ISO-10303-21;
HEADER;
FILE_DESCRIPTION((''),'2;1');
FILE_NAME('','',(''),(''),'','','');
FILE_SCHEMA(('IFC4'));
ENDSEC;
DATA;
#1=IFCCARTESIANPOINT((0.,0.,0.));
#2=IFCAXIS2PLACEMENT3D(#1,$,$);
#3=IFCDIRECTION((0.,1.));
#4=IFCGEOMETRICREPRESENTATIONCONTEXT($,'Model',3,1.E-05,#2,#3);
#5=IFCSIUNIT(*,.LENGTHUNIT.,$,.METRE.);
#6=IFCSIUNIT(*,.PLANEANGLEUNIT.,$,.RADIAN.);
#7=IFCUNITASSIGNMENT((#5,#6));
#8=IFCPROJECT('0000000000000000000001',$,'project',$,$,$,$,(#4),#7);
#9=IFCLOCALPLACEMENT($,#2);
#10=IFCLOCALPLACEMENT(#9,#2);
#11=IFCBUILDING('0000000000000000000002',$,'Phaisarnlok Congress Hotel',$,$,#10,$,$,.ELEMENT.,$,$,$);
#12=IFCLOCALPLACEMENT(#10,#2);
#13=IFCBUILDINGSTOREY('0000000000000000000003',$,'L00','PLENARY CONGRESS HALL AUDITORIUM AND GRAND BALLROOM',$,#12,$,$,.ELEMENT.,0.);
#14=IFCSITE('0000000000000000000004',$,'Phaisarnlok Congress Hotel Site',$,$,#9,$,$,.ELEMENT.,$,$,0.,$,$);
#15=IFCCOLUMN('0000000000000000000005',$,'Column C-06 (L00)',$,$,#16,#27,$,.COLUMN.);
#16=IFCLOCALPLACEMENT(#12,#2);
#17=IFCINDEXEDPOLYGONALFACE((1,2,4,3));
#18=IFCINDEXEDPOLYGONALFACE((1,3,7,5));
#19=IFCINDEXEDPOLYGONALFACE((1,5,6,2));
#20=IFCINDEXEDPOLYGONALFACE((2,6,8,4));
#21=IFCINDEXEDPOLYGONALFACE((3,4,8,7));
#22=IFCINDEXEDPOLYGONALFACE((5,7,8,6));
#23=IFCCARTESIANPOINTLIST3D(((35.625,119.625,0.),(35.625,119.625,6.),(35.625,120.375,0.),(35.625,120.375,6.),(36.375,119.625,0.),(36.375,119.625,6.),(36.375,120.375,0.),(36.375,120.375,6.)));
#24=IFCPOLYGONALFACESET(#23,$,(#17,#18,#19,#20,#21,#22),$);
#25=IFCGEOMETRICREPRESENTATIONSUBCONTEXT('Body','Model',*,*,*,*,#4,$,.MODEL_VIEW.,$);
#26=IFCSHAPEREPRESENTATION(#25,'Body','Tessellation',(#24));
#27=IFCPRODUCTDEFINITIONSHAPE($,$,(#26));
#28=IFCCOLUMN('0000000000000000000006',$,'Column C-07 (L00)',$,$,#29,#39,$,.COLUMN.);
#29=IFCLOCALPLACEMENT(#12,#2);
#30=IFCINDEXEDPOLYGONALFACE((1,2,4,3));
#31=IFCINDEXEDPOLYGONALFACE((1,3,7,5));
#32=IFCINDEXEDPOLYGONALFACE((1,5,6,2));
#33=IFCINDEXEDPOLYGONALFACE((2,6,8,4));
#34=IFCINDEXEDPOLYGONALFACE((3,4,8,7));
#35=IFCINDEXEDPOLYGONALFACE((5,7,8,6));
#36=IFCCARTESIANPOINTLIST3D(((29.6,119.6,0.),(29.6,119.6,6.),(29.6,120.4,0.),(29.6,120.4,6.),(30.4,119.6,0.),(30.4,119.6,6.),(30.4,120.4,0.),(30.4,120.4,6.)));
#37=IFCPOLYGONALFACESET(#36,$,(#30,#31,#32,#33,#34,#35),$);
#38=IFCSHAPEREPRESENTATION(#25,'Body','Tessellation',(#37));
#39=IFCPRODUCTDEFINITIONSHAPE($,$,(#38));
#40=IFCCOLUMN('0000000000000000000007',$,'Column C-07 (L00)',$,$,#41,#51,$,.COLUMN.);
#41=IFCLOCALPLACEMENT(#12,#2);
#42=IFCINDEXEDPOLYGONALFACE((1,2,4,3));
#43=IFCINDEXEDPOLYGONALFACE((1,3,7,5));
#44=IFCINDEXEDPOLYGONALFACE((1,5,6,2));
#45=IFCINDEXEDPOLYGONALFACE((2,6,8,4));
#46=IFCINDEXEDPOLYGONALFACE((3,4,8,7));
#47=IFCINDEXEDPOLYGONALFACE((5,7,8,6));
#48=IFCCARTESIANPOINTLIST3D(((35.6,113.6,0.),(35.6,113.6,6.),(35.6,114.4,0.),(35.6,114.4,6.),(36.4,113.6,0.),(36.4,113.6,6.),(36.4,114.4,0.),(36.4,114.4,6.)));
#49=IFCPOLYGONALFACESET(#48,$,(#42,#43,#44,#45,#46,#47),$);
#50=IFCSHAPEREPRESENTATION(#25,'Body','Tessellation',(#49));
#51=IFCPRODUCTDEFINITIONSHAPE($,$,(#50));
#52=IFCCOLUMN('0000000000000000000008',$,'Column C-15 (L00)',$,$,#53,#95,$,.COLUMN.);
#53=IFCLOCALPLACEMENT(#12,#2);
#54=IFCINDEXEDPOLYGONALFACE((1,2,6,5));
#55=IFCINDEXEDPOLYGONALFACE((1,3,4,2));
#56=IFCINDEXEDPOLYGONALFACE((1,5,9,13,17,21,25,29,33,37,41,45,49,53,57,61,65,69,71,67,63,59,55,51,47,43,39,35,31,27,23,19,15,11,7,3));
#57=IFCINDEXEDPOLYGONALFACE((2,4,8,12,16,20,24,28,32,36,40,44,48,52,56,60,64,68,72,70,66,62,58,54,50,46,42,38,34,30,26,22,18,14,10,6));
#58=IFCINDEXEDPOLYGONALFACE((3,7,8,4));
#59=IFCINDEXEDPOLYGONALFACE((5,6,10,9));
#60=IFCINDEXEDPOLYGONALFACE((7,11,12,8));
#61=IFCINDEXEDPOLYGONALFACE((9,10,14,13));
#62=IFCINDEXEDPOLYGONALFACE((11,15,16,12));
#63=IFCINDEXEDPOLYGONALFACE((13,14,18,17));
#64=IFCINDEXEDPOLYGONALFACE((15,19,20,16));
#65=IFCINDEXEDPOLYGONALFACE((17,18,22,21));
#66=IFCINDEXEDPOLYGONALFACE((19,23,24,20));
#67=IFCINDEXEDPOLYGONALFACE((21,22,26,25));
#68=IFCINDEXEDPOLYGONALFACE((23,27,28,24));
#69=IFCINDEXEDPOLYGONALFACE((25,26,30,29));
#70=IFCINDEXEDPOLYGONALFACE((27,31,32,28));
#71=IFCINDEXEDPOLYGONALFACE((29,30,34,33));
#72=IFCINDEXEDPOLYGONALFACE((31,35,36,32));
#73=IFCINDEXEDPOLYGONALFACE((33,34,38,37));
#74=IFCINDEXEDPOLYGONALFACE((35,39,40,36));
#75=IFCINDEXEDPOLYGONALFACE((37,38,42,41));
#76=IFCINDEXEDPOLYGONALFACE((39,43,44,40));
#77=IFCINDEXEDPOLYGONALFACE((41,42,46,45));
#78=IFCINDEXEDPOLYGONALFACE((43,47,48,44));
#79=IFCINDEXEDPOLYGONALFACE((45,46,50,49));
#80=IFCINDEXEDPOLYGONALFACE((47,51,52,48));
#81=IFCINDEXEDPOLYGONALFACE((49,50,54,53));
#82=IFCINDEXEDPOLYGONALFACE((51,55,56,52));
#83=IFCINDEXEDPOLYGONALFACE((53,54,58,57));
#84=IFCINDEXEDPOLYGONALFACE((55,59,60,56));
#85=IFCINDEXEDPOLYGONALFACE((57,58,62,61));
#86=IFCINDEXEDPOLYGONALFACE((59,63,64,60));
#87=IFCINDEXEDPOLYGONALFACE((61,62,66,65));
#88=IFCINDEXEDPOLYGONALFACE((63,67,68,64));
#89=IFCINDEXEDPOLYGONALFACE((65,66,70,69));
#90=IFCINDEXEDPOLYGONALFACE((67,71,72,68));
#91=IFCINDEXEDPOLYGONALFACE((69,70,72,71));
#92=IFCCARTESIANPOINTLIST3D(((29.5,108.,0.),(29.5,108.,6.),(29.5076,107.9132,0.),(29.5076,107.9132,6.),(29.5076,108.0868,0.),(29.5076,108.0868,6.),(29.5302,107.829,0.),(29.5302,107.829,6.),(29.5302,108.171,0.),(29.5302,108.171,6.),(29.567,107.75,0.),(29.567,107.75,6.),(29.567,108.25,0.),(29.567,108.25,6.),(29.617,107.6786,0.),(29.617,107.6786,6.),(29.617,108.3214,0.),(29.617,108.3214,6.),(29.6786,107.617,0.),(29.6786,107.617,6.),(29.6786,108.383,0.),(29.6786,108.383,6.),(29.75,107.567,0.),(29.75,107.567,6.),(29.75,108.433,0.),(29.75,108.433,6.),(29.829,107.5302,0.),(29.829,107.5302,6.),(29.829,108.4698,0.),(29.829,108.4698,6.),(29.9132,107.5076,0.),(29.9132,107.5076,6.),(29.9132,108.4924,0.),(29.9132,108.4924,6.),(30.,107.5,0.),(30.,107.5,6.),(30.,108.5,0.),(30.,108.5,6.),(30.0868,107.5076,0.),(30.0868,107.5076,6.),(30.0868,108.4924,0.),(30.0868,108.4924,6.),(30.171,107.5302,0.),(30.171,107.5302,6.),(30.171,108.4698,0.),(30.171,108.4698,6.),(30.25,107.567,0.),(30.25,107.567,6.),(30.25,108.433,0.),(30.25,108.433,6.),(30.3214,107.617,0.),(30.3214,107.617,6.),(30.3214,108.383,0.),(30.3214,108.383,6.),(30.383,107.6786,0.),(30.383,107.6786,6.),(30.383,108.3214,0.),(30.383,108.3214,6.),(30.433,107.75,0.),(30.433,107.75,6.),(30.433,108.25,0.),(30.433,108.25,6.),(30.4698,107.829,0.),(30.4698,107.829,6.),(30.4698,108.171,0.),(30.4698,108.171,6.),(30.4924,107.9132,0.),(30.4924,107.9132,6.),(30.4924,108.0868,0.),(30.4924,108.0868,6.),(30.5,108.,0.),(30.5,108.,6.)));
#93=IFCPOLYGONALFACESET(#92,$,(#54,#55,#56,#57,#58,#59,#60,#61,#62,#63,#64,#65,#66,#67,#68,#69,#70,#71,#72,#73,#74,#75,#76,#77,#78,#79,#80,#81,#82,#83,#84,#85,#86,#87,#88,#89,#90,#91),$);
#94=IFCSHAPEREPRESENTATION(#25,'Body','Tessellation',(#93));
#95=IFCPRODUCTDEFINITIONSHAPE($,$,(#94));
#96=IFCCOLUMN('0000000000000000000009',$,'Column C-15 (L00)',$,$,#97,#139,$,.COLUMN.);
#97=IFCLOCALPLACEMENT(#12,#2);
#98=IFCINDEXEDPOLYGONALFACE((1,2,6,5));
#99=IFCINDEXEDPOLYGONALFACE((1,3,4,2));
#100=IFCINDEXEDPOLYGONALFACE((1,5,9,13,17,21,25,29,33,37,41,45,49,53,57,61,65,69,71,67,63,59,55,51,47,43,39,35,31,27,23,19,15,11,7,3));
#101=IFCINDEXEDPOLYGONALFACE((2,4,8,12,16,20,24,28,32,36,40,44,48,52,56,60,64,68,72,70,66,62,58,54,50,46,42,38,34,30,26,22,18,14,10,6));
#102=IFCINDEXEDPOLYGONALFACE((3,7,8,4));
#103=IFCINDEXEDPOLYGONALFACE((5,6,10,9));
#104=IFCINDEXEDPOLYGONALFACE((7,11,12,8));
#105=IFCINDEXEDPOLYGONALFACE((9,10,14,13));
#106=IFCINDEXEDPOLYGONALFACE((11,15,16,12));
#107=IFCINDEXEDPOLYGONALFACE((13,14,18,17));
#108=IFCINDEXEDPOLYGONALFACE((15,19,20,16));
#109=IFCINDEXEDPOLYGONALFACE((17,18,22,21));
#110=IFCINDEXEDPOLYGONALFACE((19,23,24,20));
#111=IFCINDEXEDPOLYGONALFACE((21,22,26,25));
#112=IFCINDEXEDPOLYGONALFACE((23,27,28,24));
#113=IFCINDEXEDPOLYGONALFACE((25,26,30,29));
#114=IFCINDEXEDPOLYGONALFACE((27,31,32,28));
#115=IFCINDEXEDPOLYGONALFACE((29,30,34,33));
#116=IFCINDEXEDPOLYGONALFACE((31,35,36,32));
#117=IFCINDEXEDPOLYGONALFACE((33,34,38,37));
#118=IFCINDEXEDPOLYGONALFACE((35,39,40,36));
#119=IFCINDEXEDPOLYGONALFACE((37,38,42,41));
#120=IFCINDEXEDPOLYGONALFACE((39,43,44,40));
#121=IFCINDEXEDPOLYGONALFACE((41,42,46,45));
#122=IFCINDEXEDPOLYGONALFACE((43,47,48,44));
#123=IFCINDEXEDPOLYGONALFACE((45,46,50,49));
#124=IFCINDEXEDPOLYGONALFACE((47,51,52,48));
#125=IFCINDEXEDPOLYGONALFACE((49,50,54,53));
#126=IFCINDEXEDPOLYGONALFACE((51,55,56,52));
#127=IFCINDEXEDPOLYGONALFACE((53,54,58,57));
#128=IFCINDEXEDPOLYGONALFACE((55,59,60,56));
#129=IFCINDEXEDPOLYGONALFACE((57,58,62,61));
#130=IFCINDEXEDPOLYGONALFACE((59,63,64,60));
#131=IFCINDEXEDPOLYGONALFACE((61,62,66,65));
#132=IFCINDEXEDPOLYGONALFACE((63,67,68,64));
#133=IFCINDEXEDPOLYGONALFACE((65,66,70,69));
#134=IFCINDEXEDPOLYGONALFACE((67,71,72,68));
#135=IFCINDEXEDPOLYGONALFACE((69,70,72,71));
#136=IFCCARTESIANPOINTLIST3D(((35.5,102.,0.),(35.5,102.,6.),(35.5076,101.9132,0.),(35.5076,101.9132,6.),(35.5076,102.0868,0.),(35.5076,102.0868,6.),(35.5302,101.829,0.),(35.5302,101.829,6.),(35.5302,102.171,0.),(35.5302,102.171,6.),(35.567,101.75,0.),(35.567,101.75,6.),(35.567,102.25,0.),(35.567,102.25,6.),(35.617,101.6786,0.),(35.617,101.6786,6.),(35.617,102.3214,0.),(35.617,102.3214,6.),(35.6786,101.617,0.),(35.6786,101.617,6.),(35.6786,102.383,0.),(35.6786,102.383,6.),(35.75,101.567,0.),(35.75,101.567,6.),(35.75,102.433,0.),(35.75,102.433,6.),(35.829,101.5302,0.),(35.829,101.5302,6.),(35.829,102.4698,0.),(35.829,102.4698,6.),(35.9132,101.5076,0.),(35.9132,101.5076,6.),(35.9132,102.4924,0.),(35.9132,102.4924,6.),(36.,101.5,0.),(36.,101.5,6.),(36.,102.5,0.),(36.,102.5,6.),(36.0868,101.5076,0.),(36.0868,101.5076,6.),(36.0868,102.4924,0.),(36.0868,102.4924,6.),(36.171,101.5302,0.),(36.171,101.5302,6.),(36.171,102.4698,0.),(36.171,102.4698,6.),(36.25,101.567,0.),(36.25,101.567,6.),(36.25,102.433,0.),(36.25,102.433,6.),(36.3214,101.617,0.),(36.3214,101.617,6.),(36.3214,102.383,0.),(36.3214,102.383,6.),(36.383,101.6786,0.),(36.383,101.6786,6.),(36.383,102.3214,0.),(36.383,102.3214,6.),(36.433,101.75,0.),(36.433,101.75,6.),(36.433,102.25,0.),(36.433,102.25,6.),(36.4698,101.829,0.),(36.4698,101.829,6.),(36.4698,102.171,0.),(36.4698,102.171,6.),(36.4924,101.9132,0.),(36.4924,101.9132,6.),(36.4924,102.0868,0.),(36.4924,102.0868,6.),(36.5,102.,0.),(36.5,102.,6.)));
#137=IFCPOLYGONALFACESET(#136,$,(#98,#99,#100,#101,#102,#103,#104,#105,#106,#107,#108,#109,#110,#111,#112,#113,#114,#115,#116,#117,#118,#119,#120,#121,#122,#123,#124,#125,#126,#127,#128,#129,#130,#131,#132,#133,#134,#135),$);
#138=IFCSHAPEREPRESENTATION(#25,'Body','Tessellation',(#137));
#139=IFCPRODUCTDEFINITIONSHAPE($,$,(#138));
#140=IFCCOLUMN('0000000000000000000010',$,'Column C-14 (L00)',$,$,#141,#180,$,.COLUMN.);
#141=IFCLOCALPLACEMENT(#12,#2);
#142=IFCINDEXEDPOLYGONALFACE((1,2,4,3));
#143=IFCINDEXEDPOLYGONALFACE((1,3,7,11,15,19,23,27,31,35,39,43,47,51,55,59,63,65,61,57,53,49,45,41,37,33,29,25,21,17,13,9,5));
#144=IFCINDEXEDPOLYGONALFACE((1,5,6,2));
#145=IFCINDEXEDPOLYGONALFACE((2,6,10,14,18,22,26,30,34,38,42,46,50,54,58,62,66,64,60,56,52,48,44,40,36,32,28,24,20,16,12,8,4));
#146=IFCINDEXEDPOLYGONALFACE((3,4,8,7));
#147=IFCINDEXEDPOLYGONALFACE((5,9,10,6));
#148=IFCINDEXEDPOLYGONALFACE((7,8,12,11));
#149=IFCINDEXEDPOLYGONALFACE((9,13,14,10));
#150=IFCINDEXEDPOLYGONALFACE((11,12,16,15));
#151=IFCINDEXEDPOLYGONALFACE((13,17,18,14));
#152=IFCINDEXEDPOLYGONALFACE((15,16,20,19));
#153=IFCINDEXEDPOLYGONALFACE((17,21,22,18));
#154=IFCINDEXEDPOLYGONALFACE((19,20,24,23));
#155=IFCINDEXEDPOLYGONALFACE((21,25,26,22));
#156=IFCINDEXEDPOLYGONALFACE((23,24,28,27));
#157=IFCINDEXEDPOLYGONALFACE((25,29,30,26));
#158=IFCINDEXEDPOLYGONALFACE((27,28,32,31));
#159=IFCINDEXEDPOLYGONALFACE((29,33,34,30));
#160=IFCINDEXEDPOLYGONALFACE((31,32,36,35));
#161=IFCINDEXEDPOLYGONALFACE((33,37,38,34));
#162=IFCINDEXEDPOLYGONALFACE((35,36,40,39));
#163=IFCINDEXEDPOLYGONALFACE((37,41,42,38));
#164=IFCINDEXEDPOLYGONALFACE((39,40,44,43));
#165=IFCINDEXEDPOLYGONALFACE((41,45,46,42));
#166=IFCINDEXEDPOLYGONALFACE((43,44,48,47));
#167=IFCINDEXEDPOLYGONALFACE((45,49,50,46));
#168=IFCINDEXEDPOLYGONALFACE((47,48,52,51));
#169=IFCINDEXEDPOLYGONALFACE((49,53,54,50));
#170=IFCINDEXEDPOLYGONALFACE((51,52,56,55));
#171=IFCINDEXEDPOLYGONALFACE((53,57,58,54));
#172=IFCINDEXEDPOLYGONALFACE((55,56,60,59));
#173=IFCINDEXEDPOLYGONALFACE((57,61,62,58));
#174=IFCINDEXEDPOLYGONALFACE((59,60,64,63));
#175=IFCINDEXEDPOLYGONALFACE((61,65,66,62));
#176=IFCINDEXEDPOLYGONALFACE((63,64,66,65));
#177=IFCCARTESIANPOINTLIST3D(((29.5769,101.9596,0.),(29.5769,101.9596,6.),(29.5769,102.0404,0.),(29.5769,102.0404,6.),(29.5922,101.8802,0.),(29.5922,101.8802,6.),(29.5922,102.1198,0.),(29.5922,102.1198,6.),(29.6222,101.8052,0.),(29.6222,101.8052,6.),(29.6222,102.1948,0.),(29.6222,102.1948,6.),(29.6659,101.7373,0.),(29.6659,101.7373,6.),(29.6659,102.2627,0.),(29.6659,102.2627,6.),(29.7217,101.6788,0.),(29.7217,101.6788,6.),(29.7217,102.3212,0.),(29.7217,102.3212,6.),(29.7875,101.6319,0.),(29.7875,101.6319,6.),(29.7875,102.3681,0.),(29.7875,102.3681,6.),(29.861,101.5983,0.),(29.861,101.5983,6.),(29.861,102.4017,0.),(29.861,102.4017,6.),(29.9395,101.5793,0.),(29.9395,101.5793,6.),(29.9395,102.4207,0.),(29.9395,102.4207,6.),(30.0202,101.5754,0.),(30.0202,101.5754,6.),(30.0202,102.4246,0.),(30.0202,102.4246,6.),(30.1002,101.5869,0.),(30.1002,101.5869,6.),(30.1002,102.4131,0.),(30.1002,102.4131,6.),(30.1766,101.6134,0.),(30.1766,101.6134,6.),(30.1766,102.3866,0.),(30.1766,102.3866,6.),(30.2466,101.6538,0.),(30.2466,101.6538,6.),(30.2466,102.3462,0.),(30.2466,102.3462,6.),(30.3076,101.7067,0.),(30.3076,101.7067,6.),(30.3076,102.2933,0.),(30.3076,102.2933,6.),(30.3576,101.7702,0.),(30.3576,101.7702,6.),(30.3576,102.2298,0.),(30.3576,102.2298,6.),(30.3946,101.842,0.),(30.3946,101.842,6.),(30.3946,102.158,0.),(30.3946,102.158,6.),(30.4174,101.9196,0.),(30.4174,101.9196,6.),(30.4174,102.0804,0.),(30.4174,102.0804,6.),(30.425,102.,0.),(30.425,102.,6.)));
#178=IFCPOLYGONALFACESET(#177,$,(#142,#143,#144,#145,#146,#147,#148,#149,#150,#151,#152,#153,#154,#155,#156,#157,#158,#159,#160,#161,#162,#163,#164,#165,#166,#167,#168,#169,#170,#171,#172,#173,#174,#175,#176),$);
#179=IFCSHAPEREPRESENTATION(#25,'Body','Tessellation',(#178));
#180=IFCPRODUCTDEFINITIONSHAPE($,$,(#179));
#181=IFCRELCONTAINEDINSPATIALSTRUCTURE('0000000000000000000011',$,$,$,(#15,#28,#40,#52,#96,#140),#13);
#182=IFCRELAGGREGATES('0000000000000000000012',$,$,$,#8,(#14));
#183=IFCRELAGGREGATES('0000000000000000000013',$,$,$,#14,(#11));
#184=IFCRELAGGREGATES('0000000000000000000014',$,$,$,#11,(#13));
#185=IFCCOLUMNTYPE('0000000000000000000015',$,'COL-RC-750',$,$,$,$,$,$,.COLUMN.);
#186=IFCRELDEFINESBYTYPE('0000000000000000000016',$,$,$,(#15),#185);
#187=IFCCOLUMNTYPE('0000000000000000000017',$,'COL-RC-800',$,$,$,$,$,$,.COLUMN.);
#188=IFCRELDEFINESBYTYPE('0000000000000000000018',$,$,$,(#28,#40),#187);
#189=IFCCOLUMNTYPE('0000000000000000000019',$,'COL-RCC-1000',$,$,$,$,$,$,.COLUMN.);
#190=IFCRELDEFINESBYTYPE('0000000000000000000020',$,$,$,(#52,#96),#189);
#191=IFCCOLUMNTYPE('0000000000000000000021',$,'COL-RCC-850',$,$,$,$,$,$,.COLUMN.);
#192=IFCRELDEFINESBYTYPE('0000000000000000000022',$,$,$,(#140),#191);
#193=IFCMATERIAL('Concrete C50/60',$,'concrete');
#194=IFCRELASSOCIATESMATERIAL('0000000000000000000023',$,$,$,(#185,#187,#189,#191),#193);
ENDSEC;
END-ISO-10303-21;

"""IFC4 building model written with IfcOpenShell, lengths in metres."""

from ifc_helpers import new_model, si_unit, direction, frame, origin, origin_2d, place, context, subcontext, project, spatial, rectangle, circle, extrude, material, material_profile, profile_set, type_object, element, save


model = new_model("IFC4")

# Units and contexts
model_context = context("Model", 3, precision=1e-05, world=origin(), true_north=direction((0.0, 1.0)))
body_context = subcontext(model_context, "Body", "Model", "MODEL_VIEW")
ifc_project = project(units=[si_unit("LENGTHUNIT", "METRE"), si_unit("PLANEANGLEUNIT", "RADIAN")], contexts=[model_context])

# Site, building, storey
site_placement = place(None, origin())
site = spatial("IfcSite", under=ifc_project, at=site_placement, Name="Phaisarnlok Congress Hotel Site", CompositionType="ELEMENT", RefElevation=0.0)
building_placement = place(site_placement, origin())
building = spatial("IfcBuilding", under=site, at=building_placement, Name="Phaisarnlok Congress Hotel", CompositionType="ELEMENT")
storey_placement = place(building_placement, origin())
storey = spatial("IfcBuildingStorey", under=building, at=storey_placement, Name="L00", Description="PLENARY CONGRESS HALL AUDITORIUM AND GRAND BALLROOM", CompositionType="ELEMENT", Elevation=0.0)

# Columns
ifc_material_1 = material(Name="Concrete C50/60", Category="concrete")
ifc_material_profile_1 = material_profile(ifc_material_1, rectangle(XDim=0.75, YDim=0.75, at=origin_2d()), Name="RC 750x750")
ifc_profile_set_1 = profile_set([ifc_material_profile_1], Name="Concrete C50/60")
column_type_1 = type_object("IfcColumnType", Name="COL-RC-750", PredefinedType="COLUMN", material=ifc_profile_set_1)
column_1_placement = place(storey_placement, frame((36.0, 120.0, 0.0), z_axis=(0.0, 0.0, 1.0), x_axis=(1.0, 0.0, 0.0)))
element("IfcColumn", 1, at=column_1_placement, inside=storey, type_object=column_type_1, Name="Column C-06 (L00)", PredefinedType="COLUMN", context=body_context, shape_type="SweptSolid", body=[
    extrude(rectangle(XDim=0.75, YDim=0.75, at=origin_2d()), origin(), (0.0, 0.0, 1.0), 6.0),
])
ifc_material_profile_2 = material_profile(ifc_material_1, rectangle(XDim=0.8, YDim=0.8, at=origin_2d()), Name="RC 800x800")
ifc_profile_set_2 = profile_set([ifc_material_profile_2], Name="Concrete C50/60")
column_type_2 = type_object("IfcColumnType", Name="COL-RC-800", PredefinedType="COLUMN", material=ifc_profile_set_2)
for number, where, z_axis, x_axis, name in (
    (2, (30.0, 120.0, 0.0), (0.0, 0.0, 1.0), (1.0, 0.0, 0.0), "Column C-07 (L00)"),
    (3, (36.0, 114.0, 0.0), (0.0, 0.0, 1.0), (1.0, 0.0, 0.0), "Column C-07 (L00)"),
):
    element("IfcColumn", number, at=place(storey_placement, frame(where, z_axis=z_axis, x_axis=x_axis)), inside=storey, type_object=column_type_2, Name=name, PredefinedType="COLUMN", context=body_context, shape_type="SweptSolid", body=[
        extrude(rectangle(XDim=0.8, YDim=0.8, at=origin_2d()), origin(), (0.0, 0.0, 1.0), 6.0),
    ])
ifc_material_profile_3 = material_profile(ifc_material_1, circle(Radius=0.5, at=origin_2d()), Name="RCC D1000")
ifc_profile_set_3 = profile_set([ifc_material_profile_3], Name="Concrete C50/60")
column_type_3 = type_object("IfcColumnType", Name="COL-RCC-1000", PredefinedType="COLUMN", material=ifc_profile_set_3)
for number, where, z_axis, x_axis, name in (
    (4, (30.0, 108.0, 0.0), (0.0, 0.0, 1.0), (1.0, 0.0, 0.0), "Column C-15 (L00)"),
    (5, (36.0, 102.0, 0.0), (0.0, 0.0, 1.0), (1.0, 0.0, 0.0), "Column C-15 (L00)"),
):
    element("IfcColumn", number, at=place(storey_placement, frame(where, z_axis=z_axis, x_axis=x_axis)), inside=storey, type_object=column_type_3, Name=name, PredefinedType="COLUMN", context=body_context, shape_type="SweptSolid", body=[
        extrude(circle(Radius=0.5, at=origin_2d()), origin(), (0.0, 0.0, 1.0), 6.0),
    ])
ifc_material_profile_4 = material_profile(ifc_material_1, circle(Radius=0.425, at=origin_2d()), Name="RCC D850")
ifc_profile_set_4 = profile_set([ifc_material_profile_4], Name="Concrete C50/60")
column_type_4 = type_object("IfcColumnType", Name="COL-RCC-850", PredefinedType="COLUMN", material=ifc_profile_set_4)
column_2_placement = place(storey_placement, frame((30.0, 102.0, 0.0), z_axis=(0.0, 0.0, 1.0), x_axis=(1.0, 0.0, 0.0)))
element("IfcColumn", 6, at=column_2_placement, inside=storey, type_object=column_type_4, Name="Column C-14 (L00)", PredefinedType="COLUMN", context=body_context, shape_type="SweptSolid", body=[
    extrude(circle(Radius=0.425, at=origin_2d()), origin(), (0.0, 0.0, 1.0), 6.0),
])

save(model, "model.ifc")
